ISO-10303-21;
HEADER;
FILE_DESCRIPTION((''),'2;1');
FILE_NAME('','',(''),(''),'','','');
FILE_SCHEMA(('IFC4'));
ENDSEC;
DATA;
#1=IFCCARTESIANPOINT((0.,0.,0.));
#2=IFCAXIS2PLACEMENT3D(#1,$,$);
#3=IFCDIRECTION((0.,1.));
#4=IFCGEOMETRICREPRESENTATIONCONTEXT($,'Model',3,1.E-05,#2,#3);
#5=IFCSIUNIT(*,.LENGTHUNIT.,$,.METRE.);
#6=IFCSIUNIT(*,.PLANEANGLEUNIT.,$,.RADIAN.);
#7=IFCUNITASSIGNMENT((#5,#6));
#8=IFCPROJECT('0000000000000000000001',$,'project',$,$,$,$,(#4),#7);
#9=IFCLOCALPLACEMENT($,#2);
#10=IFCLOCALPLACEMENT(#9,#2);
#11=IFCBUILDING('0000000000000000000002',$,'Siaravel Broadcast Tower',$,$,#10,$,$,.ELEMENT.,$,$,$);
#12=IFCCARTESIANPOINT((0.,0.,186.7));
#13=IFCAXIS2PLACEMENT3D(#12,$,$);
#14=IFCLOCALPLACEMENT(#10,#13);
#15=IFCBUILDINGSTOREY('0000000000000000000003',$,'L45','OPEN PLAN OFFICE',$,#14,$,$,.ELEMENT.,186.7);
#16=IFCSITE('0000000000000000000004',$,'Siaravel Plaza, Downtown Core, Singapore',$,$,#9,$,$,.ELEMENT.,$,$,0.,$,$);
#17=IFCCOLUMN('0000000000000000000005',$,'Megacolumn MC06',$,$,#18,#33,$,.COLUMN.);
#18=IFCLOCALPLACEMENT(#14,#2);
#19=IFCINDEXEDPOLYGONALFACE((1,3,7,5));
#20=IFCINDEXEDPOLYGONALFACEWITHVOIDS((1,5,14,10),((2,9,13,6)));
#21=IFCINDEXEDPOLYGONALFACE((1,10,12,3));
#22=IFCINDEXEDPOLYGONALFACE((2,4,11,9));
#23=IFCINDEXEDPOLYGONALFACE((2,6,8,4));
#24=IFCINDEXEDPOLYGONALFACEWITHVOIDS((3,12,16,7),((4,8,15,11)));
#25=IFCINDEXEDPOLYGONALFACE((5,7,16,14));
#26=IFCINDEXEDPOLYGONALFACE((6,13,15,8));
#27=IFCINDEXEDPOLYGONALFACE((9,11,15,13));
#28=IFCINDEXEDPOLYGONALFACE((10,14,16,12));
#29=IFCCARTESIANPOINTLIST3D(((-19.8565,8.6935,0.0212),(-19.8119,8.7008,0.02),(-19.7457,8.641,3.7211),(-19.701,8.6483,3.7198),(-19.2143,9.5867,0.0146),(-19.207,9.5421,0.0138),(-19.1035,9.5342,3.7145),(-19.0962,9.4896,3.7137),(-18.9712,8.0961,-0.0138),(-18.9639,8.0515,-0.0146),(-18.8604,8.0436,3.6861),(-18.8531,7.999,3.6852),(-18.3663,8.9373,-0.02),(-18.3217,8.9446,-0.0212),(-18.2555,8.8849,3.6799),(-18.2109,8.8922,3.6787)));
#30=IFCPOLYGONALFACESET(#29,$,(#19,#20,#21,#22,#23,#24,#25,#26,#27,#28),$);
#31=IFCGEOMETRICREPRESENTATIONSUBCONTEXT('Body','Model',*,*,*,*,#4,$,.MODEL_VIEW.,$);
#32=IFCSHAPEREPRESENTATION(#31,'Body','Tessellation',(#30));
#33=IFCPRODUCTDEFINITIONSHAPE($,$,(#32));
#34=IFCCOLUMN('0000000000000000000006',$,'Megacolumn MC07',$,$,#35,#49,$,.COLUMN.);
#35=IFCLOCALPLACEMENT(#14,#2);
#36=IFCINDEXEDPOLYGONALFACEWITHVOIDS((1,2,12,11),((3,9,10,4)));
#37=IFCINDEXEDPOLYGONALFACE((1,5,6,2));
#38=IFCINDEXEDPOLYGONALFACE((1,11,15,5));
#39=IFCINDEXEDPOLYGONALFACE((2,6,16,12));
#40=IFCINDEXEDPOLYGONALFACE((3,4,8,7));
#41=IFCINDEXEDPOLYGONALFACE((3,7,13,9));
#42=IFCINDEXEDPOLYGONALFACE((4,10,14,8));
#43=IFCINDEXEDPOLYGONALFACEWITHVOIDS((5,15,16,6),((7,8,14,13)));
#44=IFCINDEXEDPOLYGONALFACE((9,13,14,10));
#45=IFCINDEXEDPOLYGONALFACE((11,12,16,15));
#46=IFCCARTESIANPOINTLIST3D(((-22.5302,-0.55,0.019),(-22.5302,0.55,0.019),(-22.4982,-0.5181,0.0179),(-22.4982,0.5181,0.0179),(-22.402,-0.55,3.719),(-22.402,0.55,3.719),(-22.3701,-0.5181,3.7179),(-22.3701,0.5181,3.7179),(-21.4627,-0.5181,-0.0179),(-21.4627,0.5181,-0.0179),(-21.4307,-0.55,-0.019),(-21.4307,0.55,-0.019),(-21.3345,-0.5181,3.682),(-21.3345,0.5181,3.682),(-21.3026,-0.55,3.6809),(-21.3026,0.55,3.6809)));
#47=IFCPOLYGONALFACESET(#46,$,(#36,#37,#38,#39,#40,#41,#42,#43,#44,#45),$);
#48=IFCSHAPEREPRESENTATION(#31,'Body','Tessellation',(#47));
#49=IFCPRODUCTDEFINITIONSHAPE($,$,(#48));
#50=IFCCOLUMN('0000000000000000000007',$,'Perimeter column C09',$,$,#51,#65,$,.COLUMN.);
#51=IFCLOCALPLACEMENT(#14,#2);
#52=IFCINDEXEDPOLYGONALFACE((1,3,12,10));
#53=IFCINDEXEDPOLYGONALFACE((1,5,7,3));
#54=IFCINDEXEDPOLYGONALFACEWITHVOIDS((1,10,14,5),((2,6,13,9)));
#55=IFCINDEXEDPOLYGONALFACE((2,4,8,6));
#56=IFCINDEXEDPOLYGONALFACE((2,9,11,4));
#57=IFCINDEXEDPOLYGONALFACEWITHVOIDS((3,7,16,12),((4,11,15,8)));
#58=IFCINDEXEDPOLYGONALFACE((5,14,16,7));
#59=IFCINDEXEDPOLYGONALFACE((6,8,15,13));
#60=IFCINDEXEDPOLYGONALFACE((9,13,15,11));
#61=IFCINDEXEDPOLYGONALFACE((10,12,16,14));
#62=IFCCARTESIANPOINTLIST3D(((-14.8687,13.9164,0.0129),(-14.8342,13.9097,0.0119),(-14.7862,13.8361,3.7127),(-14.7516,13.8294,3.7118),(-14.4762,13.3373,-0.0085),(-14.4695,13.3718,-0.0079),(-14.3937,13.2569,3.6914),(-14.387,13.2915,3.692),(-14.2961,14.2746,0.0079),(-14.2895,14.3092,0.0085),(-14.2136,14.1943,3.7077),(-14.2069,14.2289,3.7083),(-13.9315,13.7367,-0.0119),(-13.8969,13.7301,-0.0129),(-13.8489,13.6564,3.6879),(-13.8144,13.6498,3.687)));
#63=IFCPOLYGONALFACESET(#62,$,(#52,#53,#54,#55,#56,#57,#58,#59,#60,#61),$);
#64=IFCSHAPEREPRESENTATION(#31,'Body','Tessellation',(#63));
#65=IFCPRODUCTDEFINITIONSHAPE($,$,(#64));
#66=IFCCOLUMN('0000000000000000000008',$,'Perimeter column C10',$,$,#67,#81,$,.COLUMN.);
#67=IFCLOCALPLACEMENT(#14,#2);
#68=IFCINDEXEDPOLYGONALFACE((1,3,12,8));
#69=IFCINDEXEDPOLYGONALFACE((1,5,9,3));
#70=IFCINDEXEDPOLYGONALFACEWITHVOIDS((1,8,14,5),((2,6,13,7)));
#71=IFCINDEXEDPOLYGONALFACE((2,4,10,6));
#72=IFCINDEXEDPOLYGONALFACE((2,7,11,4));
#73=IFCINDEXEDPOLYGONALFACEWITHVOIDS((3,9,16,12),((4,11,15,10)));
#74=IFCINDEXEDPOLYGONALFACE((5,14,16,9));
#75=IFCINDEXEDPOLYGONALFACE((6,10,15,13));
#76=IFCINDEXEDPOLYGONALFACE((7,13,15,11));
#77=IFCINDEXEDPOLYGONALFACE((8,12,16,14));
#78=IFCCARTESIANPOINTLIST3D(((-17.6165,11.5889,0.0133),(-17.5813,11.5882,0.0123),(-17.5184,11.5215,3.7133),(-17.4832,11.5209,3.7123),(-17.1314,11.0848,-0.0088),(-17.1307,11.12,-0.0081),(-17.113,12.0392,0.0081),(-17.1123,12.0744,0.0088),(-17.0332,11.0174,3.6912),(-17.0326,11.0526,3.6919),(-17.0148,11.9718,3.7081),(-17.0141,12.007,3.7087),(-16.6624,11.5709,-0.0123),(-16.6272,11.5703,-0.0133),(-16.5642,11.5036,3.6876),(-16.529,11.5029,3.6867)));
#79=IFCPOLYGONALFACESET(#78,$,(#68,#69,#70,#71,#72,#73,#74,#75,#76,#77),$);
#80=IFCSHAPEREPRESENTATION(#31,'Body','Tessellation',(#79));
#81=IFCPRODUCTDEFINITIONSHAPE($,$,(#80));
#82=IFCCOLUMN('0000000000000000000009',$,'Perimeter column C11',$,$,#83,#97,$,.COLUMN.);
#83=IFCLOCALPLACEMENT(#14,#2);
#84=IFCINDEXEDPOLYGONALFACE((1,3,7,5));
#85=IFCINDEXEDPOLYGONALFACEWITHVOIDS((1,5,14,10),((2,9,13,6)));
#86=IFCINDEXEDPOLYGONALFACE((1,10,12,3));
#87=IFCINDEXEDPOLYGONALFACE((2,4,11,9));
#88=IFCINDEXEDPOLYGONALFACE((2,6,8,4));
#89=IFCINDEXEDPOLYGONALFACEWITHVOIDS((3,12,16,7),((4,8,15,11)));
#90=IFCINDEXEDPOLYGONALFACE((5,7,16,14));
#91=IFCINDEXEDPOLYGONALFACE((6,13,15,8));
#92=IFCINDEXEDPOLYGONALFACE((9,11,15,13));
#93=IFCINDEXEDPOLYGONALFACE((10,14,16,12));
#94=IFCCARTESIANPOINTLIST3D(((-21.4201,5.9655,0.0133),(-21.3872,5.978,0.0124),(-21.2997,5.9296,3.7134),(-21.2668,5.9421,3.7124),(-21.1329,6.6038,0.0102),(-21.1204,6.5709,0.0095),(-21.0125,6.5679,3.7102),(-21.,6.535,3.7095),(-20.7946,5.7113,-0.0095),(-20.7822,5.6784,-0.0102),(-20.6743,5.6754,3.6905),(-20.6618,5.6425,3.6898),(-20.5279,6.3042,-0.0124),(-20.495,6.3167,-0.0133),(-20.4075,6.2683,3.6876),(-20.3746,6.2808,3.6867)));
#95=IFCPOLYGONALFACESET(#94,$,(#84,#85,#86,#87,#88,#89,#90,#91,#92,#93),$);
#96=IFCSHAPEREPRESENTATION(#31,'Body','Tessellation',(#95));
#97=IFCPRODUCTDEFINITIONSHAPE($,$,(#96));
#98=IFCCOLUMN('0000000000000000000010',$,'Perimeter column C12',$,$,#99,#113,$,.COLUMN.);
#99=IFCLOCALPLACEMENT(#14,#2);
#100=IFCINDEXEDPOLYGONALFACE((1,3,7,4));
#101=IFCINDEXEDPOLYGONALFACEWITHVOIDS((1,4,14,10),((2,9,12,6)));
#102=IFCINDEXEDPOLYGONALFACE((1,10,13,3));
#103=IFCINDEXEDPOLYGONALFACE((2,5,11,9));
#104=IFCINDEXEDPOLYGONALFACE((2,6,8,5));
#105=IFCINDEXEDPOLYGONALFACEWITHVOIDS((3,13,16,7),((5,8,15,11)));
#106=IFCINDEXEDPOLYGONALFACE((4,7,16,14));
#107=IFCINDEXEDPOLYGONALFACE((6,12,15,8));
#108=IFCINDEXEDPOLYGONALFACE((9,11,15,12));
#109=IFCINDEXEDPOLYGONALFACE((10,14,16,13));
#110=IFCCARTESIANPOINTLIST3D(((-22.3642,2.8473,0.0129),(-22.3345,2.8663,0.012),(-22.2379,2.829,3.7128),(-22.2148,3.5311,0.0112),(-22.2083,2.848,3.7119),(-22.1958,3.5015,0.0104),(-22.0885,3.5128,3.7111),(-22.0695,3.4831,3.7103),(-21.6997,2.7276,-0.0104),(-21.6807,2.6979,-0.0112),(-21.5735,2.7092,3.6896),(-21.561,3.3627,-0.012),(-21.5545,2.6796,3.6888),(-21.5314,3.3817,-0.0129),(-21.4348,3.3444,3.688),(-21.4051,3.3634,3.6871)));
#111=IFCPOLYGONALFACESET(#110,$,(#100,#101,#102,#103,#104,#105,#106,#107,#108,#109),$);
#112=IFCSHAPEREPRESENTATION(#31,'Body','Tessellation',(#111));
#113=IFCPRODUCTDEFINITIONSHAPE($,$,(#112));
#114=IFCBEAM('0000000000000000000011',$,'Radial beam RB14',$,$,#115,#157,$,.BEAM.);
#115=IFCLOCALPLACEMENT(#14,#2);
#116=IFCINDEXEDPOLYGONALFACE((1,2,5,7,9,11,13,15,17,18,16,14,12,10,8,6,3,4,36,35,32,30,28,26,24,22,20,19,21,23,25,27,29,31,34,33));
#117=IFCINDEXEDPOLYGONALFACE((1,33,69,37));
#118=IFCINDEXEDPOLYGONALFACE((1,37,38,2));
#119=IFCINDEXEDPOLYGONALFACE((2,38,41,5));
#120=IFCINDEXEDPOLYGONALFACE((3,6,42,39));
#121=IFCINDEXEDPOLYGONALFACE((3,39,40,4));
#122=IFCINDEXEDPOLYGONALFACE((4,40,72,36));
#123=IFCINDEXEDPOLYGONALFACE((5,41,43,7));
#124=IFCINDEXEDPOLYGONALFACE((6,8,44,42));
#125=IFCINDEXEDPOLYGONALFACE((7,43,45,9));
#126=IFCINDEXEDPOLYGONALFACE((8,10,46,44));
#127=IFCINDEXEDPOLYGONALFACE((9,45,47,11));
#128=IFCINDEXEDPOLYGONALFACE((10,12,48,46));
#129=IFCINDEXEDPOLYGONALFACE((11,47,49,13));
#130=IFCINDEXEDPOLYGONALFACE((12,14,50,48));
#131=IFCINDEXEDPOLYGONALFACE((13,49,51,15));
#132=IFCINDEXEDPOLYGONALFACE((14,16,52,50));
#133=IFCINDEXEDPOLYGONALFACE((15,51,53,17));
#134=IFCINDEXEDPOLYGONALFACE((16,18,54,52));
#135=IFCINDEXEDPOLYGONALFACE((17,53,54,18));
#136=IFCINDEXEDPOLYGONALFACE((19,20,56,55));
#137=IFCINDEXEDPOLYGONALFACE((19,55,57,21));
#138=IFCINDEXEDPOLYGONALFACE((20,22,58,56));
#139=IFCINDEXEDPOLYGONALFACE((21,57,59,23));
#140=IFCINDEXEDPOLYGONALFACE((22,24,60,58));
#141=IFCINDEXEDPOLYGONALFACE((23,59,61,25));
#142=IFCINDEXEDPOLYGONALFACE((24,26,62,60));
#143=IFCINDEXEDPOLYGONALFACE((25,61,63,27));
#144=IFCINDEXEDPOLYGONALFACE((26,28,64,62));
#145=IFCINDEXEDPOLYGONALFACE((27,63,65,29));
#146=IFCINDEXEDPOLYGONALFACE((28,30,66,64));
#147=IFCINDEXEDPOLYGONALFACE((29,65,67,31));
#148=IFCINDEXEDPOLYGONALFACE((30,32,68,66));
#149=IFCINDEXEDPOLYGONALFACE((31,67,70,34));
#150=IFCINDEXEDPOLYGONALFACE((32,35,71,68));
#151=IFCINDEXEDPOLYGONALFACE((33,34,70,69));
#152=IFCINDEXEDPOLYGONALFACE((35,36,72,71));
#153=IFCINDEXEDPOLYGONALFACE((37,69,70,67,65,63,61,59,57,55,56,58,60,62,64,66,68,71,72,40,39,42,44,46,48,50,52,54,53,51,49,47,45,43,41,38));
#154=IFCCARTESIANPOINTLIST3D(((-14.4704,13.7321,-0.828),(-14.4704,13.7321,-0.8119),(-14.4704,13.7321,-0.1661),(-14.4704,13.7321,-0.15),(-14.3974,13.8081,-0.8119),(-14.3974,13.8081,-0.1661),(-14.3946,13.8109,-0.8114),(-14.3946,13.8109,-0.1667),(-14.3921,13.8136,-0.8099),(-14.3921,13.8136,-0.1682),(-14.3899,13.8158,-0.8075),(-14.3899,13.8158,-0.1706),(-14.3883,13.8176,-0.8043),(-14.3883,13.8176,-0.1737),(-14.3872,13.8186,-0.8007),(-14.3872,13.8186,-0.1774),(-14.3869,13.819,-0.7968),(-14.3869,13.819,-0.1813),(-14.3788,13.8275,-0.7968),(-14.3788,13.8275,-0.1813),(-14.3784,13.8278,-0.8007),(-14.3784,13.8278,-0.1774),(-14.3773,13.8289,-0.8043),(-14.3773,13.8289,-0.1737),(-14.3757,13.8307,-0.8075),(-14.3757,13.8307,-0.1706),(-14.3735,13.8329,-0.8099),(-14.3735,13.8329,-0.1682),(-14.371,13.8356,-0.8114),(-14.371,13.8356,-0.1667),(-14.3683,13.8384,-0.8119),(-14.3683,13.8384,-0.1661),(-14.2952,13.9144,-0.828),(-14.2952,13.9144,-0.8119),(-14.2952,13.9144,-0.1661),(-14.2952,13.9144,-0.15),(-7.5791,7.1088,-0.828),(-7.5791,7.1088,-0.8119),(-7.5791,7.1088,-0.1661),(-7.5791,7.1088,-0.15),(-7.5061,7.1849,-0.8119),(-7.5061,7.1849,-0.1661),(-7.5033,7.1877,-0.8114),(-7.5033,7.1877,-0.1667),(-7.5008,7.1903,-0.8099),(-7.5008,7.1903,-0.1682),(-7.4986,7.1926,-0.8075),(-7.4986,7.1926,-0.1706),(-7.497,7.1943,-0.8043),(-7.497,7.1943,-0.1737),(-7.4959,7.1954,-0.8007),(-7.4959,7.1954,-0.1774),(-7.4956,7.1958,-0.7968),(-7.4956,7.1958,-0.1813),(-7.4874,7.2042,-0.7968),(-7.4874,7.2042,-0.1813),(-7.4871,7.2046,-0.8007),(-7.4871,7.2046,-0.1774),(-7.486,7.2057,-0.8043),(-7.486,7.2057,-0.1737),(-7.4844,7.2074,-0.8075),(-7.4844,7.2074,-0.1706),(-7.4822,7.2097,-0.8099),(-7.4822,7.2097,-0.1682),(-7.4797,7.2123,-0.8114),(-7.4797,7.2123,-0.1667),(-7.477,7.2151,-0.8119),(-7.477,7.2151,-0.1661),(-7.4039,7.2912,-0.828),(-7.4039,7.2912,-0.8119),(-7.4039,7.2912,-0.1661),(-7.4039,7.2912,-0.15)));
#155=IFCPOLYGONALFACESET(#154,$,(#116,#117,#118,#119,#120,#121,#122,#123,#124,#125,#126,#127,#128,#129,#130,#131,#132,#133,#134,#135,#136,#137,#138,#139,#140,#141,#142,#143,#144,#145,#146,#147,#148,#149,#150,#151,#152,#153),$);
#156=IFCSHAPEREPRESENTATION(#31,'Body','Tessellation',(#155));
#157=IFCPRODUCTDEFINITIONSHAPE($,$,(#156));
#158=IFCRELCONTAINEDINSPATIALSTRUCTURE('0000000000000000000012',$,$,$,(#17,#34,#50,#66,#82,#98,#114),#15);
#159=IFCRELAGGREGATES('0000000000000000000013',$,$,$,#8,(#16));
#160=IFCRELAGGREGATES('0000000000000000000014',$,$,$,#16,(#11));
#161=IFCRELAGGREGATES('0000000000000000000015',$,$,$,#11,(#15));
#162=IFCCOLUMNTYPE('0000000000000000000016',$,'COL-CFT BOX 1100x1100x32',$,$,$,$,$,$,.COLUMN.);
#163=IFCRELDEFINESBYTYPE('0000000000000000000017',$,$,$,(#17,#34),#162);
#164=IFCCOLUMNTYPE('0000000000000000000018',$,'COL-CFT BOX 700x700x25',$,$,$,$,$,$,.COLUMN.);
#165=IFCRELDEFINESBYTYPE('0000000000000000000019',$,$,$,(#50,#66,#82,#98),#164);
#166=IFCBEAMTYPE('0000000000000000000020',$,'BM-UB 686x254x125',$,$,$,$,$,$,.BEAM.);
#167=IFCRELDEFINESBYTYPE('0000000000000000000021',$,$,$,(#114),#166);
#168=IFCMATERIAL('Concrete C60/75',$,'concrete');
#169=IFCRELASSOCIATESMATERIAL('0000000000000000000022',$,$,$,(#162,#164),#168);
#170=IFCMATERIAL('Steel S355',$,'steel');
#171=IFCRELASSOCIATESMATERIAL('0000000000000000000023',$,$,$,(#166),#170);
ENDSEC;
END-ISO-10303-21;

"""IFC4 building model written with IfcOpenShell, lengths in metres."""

from ifc_helpers import new_model, si_unit, direction, frame, origin, origin_2d, place, context, subcontext, project, spatial, hollow_rectangle, i_section, extrude, material, material_profile, profile_set, type_object, element, save


model = new_model("IFC4")

# Units and contexts
model_context = context("Model", 3, precision=1e-05, world=origin(), true_north=direction((0.0, 1.0)))
body_context = subcontext(model_context, "Body", "Model", "MODEL_VIEW")
ifc_project = project(units=[si_unit("LENGTHUNIT", "METRE"), si_unit("PLANEANGLEUNIT", "RADIAN")], contexts=[model_context])

# Site, building, storey
site_placement = place(None, origin())
site = spatial("IfcSite", under=ifc_project, at=site_placement, Name="Siaravel Plaza, Downtown Core, Singapore", CompositionType="ELEMENT", RefElevation=0.0)
building_placement = place(site_placement, origin())
building = spatial("IfcBuilding", under=site, at=building_placement, Name="Siaravel Broadcast Tower", CompositionType="ELEMENT")
storey_placement = place(building_placement, frame((0.0, 0.0, 186.7)))
storey = spatial("IfcBuildingStorey", under=building, at=storey_placement, Name="L45", Description="OPEN PLAN OFFICE", CompositionType="ELEMENT", Elevation=186.7)

# Columns
ifc_material_1 = material(Name="Concrete C60/75", Category="concrete")
ifc_material_profile_1 = material_profile(ifc_material_1, hollow_rectangle(XDim=1.1001, YDim=1.1001, WallThickness=0.032, at=origin_2d()))
ifc_profile_set_1 = profile_set([ifc_material_profile_1], Name="Concrete C60/75")
column_type_1 = type_object("IfcColumnType", Name="COL-CFT BOX 1100x1100x32", PredefinedType="COLUMN", material=ifc_profile_set_1)
column_1_placement = place(storey_placement, frame((-19.0891, 8.8191, 0.0), z_axis=(0.029941, -0.014179, 0.999451), x_axis=(0.583774, 0.811894, -0.00597)))
element("IfcColumn", 1, at=column_1_placement, inside=storey, type_object=column_type_1, Name="Megacolumn MC06", PredefinedType="COLUMN", context=body_context, shape_type="SweptSolid", body=[
    extrude(hollow_rectangle(XDim=1.1001, YDim=1.1001, WallThickness=0.032, at=origin_2d()), origin(), (0.0, 0.0, 1.0), 3.7019),
])
column_2_placement = place(storey_placement, frame((-21.9805, 0.0, 0.0), z_axis=(0.034621, 0.0, 0.999401), x_axis=(0.0, 1.0, 0.0)))
element("IfcColumn", 2, at=column_2_placement, inside=storey, type_object=column_type_1, Name="Megacolumn MC07", PredefinedType="COLUMN", context=body_context, shape_type="SweptSolid", body=[
    extrude(hollow_rectangle(XDim=1.1001, YDim=1.1001, WallThickness=0.032, at=origin_2d()), origin(), (0.0, 0.0, 1.0), 3.7021),
])
ifc_material_profile_2 = material_profile(ifc_material_1, hollow_rectangle(XDim=0.7, YDim=0.7, WallThickness=0.0249, at=origin_2d()))
ifc_profile_set_2 = profile_set([ifc_material_profile_2], Name="Concrete C60/75")
column_type_2 = type_object("IfcColumnType", Name="COL-CFT BOX 700x700x25", PredefinedType="COLUMN", material=ifc_profile_set_2)
column_3_placement = place(storey_placement, frame((-14.3828, 13.8232, 0.0), z_axis=(0.022292, -0.021698, 0.999516), x_axis=(0.827618, 0.561257, -0.006274)))
element("IfcColumn", 3, at=column_3_placement, inside=storey, type_object=column_type_2, Name="Perimeter column C09", PredefinedType="COLUMN", context=body_context, shape_type="SweptSolid", body=[
    extrude(hollow_rectangle(XDim=0.7, YDim=0.7, WallThickness=0.0249, at=origin_2d()), origin(), (0.0, 0.0, 1.0), 3.7017),
])
column_4_placement = place(storey_placement, frame((-17.1218, 11.5796, 0.0), z_axis=(0.026512, -0.018202, 0.999483), x_axis=(0.720371, 0.693559, -0.006478)))
element("IfcColumn", 4, at=column_4_placement, inside=storey, type_object=column_type_2, Name="Perimeter column C10", PredefinedType="COLUMN", context=body_context, shape_type="SweptSolid", body=[
    extrude(hollow_rectangle(XDim=0.7, YDim=0.7, WallThickness=0.0249, at=origin_2d()), origin(), (0.0, 0.0, 1.0), 3.7019),
])
for number, where, z_axis, x_axis, name in (
    (5, (-20.9575, 6.1411, 0.0), (0.032512, -0.009694, 0.999424), (0.410315, 0.911933, -0.004502), "Perimeter column C11"),
    (6, (-21.9478, 3.1145, 0.0), (0.034094, -0.004946, 0.999406), (0.213435, 0.976954, -0.002446), "Perimeter column C12"),
):
    element("IfcColumn", number, at=place(storey_placement, frame(where, z_axis=z_axis, x_axis=x_axis)), inside=storey, type_object=column_type_2, Name=name, PredefinedType="COLUMN", context=body_context, shape_type="SweptSolid", body=[
        extrude(hollow_rectangle(XDim=0.7, YDim=0.7, WallThickness=0.0249, at=origin_2d()), origin(), (0.0, 0.0, 1.0), 3.7021),
    ])

# Beam
ifc_material_2 = material(Name="Steel S355", Category="steel")
ifc_material_profile_3 = material_profile(ifc_material_2, i_section(OverallWidth=0.2529, OverallDepth=0.678, WebThickness=0.0117, FlangeThickness=0.0161, FilletRadius=0.0151, at=origin_2d()))
ifc_profile_set_3 = profile_set([ifc_material_profile_3], Name="Steel S355")
beam_type = type_object("IfcBeamType", Name="BM-UB 686x254x125", PredefinedType="BEAM", material=ifc_profile_set_3)
beam_1_placement = place(storey_placement, frame((-14.3828, 13.8232, -0.489), z_axis=(0.720991, -0.692945, 0.0), x_axis=(0.692945, 0.720991, 0.0)))
element("IfcBeam", 7, at=beam_1_placement, inside=storey, type_object=beam_type, Name="Radial beam RB14", PredefinedType="BEAM", context=body_context, shape_type="SweptSolid", body=[
    extrude(i_section(OverallWidth=0.2529, OverallDepth=0.678, WebThickness=0.0117, FlangeThickness=0.0161, FilletRadius=0.0151, at=origin_2d()), origin(), (0.0, 0.0, 1.0), 9.5581),
])

save(model, "model.ifc")
